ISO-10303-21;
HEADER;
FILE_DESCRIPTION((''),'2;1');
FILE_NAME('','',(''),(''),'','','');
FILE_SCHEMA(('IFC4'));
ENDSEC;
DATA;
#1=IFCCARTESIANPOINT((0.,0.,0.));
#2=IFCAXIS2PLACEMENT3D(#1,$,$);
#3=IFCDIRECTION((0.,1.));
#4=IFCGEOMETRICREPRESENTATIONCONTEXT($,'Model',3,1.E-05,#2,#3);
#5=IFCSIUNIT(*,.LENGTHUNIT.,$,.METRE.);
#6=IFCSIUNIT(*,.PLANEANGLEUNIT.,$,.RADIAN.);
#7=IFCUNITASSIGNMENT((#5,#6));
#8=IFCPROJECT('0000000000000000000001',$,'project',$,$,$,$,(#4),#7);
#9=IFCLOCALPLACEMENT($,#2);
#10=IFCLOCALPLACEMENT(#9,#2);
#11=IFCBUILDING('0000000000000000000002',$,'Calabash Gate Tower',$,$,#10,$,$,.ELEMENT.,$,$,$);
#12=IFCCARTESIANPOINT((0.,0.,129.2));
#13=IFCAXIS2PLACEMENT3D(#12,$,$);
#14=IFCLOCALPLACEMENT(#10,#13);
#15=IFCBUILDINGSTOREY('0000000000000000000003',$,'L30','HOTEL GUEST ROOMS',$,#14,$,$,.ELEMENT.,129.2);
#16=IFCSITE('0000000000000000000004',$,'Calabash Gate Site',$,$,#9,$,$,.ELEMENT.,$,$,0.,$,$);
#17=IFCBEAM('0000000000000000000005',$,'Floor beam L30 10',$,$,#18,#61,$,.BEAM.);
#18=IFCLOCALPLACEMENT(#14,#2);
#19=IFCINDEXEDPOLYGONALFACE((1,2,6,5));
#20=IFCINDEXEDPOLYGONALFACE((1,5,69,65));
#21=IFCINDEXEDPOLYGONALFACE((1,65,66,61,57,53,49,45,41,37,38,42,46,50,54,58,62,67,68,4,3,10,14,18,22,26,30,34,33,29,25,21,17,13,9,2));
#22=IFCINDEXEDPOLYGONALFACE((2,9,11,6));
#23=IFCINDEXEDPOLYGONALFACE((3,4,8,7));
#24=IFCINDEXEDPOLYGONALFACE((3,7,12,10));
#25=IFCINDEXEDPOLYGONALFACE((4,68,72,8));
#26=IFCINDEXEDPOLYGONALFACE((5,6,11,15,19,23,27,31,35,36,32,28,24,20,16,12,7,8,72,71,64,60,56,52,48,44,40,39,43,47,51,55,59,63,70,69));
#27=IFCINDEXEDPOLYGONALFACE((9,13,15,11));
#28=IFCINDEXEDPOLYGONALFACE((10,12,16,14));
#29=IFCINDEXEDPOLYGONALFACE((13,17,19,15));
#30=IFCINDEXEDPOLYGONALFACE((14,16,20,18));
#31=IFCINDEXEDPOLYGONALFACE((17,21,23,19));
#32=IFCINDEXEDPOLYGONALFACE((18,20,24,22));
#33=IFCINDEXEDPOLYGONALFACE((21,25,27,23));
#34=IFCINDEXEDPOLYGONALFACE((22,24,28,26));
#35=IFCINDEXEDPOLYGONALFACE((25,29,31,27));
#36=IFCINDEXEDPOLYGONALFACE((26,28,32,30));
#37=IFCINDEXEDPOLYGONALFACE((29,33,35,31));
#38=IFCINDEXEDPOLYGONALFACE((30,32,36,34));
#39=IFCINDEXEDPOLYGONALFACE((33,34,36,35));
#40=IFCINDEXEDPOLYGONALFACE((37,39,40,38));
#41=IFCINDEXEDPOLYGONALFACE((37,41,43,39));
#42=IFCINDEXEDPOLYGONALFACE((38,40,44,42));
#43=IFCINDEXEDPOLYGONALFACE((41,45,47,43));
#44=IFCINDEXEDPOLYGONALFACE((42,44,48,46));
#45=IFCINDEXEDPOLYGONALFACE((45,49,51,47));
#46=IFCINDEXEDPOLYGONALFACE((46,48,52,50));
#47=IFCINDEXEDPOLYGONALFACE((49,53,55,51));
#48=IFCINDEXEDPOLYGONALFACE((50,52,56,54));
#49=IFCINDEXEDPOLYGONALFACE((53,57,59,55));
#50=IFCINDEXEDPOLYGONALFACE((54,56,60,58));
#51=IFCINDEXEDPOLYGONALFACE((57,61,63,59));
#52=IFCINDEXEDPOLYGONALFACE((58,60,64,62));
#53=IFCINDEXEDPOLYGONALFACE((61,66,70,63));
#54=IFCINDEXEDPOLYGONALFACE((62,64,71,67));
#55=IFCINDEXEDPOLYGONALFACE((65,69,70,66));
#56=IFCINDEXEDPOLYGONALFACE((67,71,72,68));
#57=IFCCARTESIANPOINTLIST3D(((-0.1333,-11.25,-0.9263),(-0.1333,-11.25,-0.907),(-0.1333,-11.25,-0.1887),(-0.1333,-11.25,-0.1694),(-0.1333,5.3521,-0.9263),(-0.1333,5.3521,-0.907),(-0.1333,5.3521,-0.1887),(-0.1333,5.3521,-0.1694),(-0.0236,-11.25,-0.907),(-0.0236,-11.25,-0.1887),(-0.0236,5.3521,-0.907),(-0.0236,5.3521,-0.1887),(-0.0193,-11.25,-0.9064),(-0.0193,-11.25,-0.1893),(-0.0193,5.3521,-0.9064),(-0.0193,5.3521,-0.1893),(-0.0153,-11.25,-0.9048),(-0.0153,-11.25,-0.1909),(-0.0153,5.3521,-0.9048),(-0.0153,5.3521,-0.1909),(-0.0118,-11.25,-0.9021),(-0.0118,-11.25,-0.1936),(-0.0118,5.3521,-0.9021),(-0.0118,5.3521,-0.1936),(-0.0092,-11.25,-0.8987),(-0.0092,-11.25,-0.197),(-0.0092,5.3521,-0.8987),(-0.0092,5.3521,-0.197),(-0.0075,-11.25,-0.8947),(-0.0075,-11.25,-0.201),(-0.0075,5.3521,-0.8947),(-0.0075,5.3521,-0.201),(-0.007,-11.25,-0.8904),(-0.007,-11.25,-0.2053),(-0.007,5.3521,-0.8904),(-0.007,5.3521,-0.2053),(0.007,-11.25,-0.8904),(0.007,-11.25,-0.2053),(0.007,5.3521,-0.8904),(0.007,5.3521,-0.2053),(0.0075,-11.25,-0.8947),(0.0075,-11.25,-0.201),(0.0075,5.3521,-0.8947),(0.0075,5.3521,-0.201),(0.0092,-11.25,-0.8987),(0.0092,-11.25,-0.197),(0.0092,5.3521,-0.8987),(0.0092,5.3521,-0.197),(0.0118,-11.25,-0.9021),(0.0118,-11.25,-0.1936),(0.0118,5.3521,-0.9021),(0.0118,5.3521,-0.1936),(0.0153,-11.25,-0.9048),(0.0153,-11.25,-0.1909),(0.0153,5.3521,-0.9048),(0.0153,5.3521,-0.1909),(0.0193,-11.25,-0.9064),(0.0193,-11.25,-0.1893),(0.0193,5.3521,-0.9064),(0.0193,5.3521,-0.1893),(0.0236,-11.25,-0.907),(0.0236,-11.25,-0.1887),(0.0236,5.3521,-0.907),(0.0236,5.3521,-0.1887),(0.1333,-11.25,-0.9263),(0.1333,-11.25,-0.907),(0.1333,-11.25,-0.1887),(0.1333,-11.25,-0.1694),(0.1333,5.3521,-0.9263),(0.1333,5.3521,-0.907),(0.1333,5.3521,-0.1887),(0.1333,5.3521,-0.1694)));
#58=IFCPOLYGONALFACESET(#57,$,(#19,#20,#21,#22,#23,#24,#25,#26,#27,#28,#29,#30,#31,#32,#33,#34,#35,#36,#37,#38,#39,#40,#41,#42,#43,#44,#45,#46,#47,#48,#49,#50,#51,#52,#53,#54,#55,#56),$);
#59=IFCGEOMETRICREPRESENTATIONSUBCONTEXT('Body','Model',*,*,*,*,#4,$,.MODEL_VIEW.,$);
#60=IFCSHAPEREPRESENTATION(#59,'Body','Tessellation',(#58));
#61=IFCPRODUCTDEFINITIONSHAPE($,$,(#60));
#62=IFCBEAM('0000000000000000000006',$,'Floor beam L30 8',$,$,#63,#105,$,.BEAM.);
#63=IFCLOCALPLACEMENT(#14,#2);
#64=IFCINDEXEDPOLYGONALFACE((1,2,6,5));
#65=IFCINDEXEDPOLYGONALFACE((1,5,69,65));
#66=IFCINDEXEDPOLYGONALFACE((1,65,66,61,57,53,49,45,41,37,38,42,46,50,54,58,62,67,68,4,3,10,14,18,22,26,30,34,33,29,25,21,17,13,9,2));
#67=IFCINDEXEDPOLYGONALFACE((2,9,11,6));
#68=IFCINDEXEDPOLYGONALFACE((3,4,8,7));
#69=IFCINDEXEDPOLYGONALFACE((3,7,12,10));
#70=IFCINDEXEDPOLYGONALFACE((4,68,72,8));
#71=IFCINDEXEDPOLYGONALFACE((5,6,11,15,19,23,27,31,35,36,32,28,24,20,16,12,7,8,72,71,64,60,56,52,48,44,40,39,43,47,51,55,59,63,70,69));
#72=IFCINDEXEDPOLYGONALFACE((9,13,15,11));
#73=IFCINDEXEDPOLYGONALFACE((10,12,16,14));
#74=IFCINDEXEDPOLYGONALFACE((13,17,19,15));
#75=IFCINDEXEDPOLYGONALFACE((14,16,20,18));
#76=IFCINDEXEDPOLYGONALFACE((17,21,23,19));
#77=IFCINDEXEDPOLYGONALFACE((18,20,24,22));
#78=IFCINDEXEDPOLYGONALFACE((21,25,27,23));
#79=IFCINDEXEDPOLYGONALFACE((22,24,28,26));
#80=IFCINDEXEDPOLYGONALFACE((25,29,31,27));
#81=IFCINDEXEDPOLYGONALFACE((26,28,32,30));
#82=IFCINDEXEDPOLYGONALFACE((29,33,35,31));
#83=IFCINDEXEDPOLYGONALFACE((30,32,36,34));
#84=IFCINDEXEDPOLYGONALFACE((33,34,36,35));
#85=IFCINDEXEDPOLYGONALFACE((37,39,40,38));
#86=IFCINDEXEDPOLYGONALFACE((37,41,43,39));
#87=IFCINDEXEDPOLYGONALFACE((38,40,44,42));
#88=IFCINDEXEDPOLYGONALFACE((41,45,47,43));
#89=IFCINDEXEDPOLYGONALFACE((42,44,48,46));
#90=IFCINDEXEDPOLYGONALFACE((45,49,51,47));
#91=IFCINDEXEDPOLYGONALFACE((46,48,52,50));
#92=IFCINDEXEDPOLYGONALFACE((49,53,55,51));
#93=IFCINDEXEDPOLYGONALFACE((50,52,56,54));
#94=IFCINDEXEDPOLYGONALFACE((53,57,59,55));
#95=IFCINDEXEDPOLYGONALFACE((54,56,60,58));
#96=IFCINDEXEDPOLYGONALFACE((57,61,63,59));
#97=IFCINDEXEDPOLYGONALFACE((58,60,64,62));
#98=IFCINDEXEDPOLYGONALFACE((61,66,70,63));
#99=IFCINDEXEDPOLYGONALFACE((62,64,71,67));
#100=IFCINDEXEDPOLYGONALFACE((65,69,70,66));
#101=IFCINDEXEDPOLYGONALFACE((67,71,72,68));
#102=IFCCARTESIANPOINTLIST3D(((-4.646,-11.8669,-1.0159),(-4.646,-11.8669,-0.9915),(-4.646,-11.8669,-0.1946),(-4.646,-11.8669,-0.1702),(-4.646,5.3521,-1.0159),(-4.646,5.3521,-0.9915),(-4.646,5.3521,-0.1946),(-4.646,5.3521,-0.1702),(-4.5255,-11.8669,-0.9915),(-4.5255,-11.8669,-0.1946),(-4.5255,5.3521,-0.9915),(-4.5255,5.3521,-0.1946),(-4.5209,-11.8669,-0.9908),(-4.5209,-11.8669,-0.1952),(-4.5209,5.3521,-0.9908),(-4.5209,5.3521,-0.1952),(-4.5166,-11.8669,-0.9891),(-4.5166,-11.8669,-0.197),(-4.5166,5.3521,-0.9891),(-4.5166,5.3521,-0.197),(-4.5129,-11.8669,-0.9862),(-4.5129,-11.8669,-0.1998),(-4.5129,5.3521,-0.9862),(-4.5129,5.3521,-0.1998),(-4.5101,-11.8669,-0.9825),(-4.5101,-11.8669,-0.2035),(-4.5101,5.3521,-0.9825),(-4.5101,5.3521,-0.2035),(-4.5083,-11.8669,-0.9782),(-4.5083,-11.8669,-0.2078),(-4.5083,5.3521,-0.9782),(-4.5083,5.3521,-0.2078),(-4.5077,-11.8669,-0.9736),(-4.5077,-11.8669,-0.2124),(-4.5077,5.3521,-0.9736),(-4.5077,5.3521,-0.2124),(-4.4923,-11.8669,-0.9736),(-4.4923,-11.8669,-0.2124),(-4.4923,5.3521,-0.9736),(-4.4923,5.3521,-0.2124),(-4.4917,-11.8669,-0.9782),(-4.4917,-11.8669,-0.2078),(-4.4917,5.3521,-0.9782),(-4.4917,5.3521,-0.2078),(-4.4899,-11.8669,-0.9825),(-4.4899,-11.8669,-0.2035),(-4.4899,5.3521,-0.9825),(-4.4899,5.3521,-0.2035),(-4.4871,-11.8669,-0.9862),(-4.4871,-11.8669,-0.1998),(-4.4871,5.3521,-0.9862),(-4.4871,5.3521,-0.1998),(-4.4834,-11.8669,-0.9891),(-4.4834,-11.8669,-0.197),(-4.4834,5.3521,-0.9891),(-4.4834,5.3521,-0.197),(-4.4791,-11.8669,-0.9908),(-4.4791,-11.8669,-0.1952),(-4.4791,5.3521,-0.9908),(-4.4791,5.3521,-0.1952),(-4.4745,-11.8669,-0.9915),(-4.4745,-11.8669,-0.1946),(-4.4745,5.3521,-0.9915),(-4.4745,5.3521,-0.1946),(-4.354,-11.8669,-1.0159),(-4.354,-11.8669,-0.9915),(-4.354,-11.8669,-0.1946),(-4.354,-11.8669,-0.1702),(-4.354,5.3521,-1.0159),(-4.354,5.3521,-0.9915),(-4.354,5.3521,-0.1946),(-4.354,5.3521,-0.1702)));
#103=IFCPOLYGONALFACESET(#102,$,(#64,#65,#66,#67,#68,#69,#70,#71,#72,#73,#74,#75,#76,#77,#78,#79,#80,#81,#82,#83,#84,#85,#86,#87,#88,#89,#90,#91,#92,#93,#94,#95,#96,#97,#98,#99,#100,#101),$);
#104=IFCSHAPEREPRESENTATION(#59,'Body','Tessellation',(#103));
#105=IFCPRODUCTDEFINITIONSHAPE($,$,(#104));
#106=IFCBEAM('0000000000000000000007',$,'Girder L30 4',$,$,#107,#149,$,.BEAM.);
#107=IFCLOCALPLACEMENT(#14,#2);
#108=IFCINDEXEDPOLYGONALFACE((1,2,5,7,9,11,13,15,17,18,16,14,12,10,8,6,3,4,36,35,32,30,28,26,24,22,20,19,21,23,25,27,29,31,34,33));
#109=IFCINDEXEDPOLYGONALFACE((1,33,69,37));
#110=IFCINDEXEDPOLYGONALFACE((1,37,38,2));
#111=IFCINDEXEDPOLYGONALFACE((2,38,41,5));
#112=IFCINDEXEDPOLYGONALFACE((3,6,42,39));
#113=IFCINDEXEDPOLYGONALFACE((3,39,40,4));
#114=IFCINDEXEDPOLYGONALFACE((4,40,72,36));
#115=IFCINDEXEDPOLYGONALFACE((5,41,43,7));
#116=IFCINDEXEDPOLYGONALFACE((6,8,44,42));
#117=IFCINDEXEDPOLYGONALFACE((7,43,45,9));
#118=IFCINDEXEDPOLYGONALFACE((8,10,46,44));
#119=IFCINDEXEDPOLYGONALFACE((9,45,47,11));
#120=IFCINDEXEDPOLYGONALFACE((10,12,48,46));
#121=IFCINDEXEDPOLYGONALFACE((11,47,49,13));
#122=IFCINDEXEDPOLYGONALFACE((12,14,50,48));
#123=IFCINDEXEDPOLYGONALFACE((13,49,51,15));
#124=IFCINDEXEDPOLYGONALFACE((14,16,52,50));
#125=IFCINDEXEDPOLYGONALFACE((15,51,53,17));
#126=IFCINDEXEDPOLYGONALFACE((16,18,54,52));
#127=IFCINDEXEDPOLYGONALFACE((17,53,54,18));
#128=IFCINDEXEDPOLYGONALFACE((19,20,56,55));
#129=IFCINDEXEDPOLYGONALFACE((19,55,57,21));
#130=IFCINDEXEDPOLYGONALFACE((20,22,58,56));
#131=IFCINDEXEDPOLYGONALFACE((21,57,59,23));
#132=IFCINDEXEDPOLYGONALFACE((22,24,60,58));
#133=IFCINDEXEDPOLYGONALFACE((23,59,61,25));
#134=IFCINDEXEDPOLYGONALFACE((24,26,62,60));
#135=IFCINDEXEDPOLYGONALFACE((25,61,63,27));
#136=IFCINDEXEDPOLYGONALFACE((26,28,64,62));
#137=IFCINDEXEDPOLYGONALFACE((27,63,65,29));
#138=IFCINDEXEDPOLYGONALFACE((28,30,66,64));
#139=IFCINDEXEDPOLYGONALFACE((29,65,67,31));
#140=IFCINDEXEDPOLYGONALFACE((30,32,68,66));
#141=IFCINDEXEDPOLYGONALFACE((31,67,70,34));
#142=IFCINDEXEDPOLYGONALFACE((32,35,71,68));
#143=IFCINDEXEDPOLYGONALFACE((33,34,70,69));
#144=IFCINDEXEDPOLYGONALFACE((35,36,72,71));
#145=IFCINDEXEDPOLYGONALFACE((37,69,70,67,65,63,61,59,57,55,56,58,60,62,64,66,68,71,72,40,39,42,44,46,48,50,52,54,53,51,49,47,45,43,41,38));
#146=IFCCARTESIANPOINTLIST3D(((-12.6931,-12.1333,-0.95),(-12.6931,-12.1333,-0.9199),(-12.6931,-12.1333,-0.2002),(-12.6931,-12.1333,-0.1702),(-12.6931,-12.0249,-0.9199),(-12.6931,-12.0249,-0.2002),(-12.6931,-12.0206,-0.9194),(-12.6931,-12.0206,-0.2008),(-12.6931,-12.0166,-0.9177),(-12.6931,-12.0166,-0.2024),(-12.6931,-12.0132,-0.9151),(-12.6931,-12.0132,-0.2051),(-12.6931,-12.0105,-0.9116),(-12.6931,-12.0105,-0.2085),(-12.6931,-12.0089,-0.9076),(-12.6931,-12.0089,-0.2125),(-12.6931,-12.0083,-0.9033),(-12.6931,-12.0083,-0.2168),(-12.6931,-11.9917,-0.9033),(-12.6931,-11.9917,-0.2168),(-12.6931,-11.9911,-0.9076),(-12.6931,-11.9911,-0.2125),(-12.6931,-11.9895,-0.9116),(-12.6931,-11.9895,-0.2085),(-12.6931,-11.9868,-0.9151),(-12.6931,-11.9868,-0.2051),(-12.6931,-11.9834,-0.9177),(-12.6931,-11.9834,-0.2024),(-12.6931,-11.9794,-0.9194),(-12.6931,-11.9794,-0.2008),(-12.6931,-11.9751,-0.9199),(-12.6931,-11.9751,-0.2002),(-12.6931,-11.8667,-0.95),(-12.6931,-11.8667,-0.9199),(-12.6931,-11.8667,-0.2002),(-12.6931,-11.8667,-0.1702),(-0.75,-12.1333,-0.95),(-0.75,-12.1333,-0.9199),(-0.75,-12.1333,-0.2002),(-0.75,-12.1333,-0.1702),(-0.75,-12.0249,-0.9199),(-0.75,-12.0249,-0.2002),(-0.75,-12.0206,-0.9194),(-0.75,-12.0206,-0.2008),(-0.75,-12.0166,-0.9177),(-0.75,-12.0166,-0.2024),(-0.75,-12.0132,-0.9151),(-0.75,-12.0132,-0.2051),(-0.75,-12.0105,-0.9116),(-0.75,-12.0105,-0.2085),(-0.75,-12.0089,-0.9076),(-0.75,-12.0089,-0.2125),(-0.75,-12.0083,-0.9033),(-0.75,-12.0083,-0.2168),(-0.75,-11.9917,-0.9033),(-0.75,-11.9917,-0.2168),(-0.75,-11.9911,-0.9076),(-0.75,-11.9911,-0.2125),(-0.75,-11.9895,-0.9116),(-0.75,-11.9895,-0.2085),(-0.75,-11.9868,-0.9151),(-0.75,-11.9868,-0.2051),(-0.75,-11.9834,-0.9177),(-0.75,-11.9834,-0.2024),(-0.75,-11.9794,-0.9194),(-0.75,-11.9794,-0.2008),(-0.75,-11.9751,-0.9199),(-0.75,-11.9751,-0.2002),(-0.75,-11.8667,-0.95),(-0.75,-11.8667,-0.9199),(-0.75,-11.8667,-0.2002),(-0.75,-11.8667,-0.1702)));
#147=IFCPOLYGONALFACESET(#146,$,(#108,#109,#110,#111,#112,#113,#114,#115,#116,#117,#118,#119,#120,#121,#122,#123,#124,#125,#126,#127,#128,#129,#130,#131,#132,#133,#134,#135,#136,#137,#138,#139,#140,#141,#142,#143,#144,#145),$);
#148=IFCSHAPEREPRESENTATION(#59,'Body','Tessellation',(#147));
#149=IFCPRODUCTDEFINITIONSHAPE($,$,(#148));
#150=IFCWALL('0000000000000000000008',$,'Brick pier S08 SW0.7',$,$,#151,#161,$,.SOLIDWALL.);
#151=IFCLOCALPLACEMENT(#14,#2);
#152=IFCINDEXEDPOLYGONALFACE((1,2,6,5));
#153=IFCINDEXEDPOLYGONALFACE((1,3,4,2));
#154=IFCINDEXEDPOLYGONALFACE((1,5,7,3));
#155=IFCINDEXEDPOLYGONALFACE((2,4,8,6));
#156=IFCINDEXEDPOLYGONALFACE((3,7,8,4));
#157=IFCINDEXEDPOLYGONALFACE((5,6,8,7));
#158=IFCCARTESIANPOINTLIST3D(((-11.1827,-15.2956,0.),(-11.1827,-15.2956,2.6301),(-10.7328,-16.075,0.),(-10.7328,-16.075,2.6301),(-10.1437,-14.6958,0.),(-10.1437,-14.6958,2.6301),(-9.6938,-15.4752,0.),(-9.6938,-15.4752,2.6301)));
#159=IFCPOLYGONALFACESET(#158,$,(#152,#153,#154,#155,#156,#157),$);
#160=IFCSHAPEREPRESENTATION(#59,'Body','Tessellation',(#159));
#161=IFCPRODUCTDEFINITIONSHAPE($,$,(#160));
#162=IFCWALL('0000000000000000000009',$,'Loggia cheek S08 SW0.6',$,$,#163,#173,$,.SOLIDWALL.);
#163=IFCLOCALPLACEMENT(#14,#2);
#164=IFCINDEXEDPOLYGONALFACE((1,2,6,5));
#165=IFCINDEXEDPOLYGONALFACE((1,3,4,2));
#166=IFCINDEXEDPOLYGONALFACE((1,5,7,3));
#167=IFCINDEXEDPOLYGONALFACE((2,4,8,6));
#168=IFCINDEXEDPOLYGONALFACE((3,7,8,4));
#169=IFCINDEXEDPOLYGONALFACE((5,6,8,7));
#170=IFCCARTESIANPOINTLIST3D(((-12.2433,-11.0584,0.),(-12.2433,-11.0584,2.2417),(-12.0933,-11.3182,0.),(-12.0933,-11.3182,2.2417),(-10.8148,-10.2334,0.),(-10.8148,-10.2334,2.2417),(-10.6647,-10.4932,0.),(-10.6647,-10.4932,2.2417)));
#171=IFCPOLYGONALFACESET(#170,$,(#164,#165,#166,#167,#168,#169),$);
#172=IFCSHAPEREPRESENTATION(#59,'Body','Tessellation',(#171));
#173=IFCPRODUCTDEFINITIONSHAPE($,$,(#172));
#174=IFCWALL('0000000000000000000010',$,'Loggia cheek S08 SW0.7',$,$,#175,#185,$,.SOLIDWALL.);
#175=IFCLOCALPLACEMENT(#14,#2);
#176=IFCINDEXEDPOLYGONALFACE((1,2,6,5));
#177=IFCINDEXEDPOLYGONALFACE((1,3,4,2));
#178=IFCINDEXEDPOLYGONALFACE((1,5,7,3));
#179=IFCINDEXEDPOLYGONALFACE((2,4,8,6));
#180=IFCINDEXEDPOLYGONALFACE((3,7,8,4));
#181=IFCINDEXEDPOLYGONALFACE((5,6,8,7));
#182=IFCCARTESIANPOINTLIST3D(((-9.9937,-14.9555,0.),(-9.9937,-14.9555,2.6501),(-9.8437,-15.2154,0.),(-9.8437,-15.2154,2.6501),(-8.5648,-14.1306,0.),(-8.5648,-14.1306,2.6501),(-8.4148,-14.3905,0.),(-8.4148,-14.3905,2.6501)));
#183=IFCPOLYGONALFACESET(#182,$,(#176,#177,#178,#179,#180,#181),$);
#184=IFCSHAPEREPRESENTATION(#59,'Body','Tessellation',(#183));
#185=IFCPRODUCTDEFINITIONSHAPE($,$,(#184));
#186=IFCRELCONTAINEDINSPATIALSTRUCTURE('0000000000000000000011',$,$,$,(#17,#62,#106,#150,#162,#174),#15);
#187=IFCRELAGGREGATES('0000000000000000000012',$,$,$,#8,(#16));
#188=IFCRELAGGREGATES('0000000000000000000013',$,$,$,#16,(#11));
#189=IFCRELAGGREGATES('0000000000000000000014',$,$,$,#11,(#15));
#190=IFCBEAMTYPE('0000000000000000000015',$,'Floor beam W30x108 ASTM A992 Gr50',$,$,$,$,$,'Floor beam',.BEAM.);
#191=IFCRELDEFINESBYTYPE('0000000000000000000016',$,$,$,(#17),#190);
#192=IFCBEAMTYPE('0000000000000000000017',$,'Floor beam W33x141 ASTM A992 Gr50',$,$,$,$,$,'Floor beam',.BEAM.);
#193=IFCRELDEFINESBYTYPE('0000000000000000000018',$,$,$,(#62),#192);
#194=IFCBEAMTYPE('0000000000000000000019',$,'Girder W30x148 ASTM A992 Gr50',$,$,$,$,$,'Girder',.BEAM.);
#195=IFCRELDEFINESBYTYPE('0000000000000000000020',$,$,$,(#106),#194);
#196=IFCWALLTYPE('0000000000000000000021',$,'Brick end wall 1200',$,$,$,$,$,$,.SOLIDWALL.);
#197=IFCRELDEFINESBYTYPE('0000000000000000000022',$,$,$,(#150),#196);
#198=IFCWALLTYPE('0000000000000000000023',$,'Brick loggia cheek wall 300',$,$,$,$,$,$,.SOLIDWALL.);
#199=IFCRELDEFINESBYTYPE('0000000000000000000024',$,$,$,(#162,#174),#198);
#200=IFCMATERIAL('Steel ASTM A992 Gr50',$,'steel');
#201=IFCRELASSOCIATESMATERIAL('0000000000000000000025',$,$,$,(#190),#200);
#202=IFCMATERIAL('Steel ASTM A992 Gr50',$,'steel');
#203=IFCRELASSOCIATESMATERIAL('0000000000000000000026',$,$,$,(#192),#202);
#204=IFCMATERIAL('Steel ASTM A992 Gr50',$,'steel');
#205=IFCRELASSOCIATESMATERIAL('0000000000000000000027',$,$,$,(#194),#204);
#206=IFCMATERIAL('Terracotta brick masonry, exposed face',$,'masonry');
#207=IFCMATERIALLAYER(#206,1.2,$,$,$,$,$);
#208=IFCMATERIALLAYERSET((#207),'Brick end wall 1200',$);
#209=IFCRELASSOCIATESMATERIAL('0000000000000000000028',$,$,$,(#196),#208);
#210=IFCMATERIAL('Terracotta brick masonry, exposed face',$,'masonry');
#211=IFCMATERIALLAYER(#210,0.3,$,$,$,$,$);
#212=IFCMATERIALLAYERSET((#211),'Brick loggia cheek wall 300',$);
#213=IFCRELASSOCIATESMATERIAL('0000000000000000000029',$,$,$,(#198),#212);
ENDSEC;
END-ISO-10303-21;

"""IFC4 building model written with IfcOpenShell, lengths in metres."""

from ifc_helpers import new_model, si_unit, direction, frame, frame_2d, origin, origin_2d, place, context, subcontext, project, spatial, rectangle, i_section, extrude, material, layer, layer_set, material_profile, profile_set, type_object, element, save


model = new_model("IFC4")

# Units and contexts
model_context = context("Model", 3, precision=1e-05, world=origin(), true_north=direction((0.0, 1.0)))
body_context = subcontext(model_context, "Body", "Model", "MODEL_VIEW")
ifc_project = project(units=[si_unit("LENGTHUNIT", "METRE"), si_unit("PLANEANGLEUNIT", "RADIAN")], contexts=[model_context])

# Site, building, storey
site_placement = place(None, origin())
site = spatial("IfcSite", under=ifc_project, at=site_placement, Name="Calabash Gate Site", CompositionType="ELEMENT", RefElevation=0.0)
building_placement = place(site_placement, origin())
building = spatial("IfcBuilding", under=site, at=building_placement, Name="Calabash Gate Tower", CompositionType="ELEMENT")
storey_placement = place(building_placement, frame((0.0, 0.0, 129.2)))
storey = spatial("IfcBuildingStorey", under=building, at=storey_placement, Name="L30", Description="HOTEL GUEST ROOMS", CompositionType="ELEMENT", Elevation=129.2)

# Beams
ifc_material_1 = material(Name="Steel ASTM A992 Gr50", Category="steel")
ifc_material_profile_1 = material_profile(ifc_material_1, i_section(OverallWidth=0.2666, OverallDepth=0.7568, WebThickness=0.0139, FlangeThickness=0.0193, FilletRadius=0.0166, at=origin_2d()))
ifc_profile_set_1 = profile_set([ifc_material_profile_1], Name="Steel ASTM A992 Gr50")
beam_type_1 = type_object("IfcBeamType", Name="Floor beam W30x108 ASTM A992 Gr50", ElementType="Floor beam", PredefinedType="BEAM", material=ifc_profile_set_1)
beam_1_placement = place(storey_placement, frame((0.0, -11.25, -0.5479), z_axis=(0.0, 1.0, 0.0), x_axis=(-1.0, 0.0, 0.0)))
element("IfcBeam", 1, at=beam_1_placement, inside=storey, type_object=beam_type_1, Name="Floor beam L30 10", PredefinedType="BEAM", context=body_context, shape_type="SweptSolid", body=[
    extrude(i_section(OverallWidth=0.2666, OverallDepth=0.7568, WebThickness=0.0139, FlangeThickness=0.0193, FilletRadius=0.0166, at=origin_2d()), origin(), (0.0, 0.0, 1.0), 16.6021),
])
ifc_material_2 = material(Name="Steel ASTM A992 Gr50", Category="steel")
ifc_material_profile_2 = material_profile(ifc_material_2, i_section(OverallWidth=0.292, OverallDepth=0.8457, WebThickness=0.0154, FlangeThickness=0.0244, FilletRadius=0.0178, at=origin_2d()))
ifc_profile_set_2 = profile_set([ifc_material_profile_2], Name="Steel ASTM A992 Gr50")
beam_type_2 = type_object("IfcBeamType", Name="Floor beam W33x141 ASTM A992 Gr50", ElementType="Floor beam", PredefinedType="BEAM", material=ifc_profile_set_2)
beam_2_placement = place(storey_placement, frame((-4.5, -11.8669, -0.593), z_axis=(0.0, 1.0, 0.0), x_axis=(-1.0, 0.0, 0.0)))
element("IfcBeam", 2, at=beam_2_placement, inside=storey, type_object=beam_type_2, Name="Floor beam L30 8", PredefinedType="BEAM", context=body_context, shape_type="SweptSolid", body=[
    extrude(i_section(OverallWidth=0.292, OverallDepth=0.8457, WebThickness=0.0154, FlangeThickness=0.0244, FilletRadius=0.0178, at=origin_2d()), origin(), (0.0, 0.0, 1.0), 17.219),
])
ifc_material_3 = material(Name="Steel ASTM A992 Gr50", Category="steel")
ifc_material_profile_3 = material_profile(ifc_material_3, i_section(OverallWidth=0.2666, OverallDepth=0.7798, WebThickness=0.0166, FlangeThickness=0.03, FilletRadius=0.0166, at=origin_2d()))
ifc_profile_set_3 = profile_set([ifc_material_profile_3], Name="Steel ASTM A992 Gr50")
beam_type_3 = type_object("IfcBeamType", Name="Girder W30x148 ASTM A992 Gr50", ElementType="Girder", PredefinedType="BEAM", material=ifc_profile_set_3)
beam_3_placement = place(storey_placement, frame((-12.6931, -12.0, -0.5601), z_axis=(1.0, 0.0, 0.0), x_axis=(0.0, 1.0, 0.0)))
element("IfcBeam", 3, at=beam_3_placement, inside=storey, type_object=beam_type_3, Name="Girder L30 4", PredefinedType="BEAM", context=body_context, shape_type="SweptSolid", body=[
    extrude(i_section(OverallWidth=0.2666, OverallDepth=0.7798, WebThickness=0.0166, FlangeThickness=0.03, FilletRadius=0.0166, at=origin_2d()), origin(), (0.0, 0.0, 1.0), 11.9431),
])

# Walls
ifc_material_4 = material(Name="Terracotta brick masonry, exposed face", Category="masonry")
ifc_layer_1 = layer(ifc_material_4, 1.2)
ifc_layer_set_1 = layer_set([ifc_layer_1], Name="Brick end wall 1200")
wall_type_1 = type_object("IfcWallType", Name="Brick end wall 1200", PredefinedType="SOLIDWALL", material=ifc_layer_set_1)
wall_1_placement = place(storey_placement, frame((-10.9578, -15.6853, 0.0), z_axis=(0.0, 0.0, 1.0), x_axis=(0.866043, 0.499969, 0.0)))
element("IfcWall", 4, at=wall_1_placement, inside=storey, type_object=wall_type_1, Name="Brick pier S08 SW0.7", PredefinedType="SOLIDWALL", context=body_context, shape_type="SweptSolid", body=[
    extrude(rectangle(XDim=1.1997, YDim=0.8999, at=frame_2d((0.5999, 0.0))), origin(), (0.0, 0.0, 1.0), 2.6301),
])
ifc_material_5 = material(Name="Terracotta brick masonry, exposed face", Category="masonry")
ifc_layer_2 = layer(ifc_material_5, 0.3)
ifc_layer_set_2 = layer_set([ifc_layer_2], Name="Brick loggia cheek wall 300")
wall_type_2 = type_object("IfcWallType", Name="Brick loggia cheek wall 300", PredefinedType="SOLIDWALL", material=ifc_layer_set_2)
wall_2_placement = place(storey_placement, frame((-12.1682, -11.1882, 0.0), z_axis=(0.0, 0.0, 1.0), x_axis=(0.865966, 0.500103, 0.0)))
element("IfcWall", 5, at=wall_2_placement, inside=storey, type_object=wall_type_2, Name="Loggia cheek S08 SW0.6", PredefinedType="SOLIDWALL", context=body_context, shape_type="SweptSolid", body=[
    extrude(rectangle(XDim=1.6497, YDim=0.3, at=frame_2d((0.8247, 0.0))), origin(), (0.0, 0.0, 1.0), 2.2417),
])
wall_3_placement = place(storey_placement, frame((-9.9187, -15.0854, 0.0), z_axis=(0.0, 0.0, 1.0), x_axis=(0.86604, 0.499974, 0.0)))
element("IfcWall", 6, at=wall_3_placement, inside=storey, type_object=wall_type_2, Name="Loggia cheek S08 SW0.7", PredefinedType="SOLIDWALL", context=body_context, shape_type="SweptSolid", body=[
    extrude(rectangle(XDim=1.6499, YDim=0.3, at=frame_2d((0.825, 0.0))), origin(), (0.0, 0.0, 1.0), 2.6501),
])

save(model, "model.ifc")
